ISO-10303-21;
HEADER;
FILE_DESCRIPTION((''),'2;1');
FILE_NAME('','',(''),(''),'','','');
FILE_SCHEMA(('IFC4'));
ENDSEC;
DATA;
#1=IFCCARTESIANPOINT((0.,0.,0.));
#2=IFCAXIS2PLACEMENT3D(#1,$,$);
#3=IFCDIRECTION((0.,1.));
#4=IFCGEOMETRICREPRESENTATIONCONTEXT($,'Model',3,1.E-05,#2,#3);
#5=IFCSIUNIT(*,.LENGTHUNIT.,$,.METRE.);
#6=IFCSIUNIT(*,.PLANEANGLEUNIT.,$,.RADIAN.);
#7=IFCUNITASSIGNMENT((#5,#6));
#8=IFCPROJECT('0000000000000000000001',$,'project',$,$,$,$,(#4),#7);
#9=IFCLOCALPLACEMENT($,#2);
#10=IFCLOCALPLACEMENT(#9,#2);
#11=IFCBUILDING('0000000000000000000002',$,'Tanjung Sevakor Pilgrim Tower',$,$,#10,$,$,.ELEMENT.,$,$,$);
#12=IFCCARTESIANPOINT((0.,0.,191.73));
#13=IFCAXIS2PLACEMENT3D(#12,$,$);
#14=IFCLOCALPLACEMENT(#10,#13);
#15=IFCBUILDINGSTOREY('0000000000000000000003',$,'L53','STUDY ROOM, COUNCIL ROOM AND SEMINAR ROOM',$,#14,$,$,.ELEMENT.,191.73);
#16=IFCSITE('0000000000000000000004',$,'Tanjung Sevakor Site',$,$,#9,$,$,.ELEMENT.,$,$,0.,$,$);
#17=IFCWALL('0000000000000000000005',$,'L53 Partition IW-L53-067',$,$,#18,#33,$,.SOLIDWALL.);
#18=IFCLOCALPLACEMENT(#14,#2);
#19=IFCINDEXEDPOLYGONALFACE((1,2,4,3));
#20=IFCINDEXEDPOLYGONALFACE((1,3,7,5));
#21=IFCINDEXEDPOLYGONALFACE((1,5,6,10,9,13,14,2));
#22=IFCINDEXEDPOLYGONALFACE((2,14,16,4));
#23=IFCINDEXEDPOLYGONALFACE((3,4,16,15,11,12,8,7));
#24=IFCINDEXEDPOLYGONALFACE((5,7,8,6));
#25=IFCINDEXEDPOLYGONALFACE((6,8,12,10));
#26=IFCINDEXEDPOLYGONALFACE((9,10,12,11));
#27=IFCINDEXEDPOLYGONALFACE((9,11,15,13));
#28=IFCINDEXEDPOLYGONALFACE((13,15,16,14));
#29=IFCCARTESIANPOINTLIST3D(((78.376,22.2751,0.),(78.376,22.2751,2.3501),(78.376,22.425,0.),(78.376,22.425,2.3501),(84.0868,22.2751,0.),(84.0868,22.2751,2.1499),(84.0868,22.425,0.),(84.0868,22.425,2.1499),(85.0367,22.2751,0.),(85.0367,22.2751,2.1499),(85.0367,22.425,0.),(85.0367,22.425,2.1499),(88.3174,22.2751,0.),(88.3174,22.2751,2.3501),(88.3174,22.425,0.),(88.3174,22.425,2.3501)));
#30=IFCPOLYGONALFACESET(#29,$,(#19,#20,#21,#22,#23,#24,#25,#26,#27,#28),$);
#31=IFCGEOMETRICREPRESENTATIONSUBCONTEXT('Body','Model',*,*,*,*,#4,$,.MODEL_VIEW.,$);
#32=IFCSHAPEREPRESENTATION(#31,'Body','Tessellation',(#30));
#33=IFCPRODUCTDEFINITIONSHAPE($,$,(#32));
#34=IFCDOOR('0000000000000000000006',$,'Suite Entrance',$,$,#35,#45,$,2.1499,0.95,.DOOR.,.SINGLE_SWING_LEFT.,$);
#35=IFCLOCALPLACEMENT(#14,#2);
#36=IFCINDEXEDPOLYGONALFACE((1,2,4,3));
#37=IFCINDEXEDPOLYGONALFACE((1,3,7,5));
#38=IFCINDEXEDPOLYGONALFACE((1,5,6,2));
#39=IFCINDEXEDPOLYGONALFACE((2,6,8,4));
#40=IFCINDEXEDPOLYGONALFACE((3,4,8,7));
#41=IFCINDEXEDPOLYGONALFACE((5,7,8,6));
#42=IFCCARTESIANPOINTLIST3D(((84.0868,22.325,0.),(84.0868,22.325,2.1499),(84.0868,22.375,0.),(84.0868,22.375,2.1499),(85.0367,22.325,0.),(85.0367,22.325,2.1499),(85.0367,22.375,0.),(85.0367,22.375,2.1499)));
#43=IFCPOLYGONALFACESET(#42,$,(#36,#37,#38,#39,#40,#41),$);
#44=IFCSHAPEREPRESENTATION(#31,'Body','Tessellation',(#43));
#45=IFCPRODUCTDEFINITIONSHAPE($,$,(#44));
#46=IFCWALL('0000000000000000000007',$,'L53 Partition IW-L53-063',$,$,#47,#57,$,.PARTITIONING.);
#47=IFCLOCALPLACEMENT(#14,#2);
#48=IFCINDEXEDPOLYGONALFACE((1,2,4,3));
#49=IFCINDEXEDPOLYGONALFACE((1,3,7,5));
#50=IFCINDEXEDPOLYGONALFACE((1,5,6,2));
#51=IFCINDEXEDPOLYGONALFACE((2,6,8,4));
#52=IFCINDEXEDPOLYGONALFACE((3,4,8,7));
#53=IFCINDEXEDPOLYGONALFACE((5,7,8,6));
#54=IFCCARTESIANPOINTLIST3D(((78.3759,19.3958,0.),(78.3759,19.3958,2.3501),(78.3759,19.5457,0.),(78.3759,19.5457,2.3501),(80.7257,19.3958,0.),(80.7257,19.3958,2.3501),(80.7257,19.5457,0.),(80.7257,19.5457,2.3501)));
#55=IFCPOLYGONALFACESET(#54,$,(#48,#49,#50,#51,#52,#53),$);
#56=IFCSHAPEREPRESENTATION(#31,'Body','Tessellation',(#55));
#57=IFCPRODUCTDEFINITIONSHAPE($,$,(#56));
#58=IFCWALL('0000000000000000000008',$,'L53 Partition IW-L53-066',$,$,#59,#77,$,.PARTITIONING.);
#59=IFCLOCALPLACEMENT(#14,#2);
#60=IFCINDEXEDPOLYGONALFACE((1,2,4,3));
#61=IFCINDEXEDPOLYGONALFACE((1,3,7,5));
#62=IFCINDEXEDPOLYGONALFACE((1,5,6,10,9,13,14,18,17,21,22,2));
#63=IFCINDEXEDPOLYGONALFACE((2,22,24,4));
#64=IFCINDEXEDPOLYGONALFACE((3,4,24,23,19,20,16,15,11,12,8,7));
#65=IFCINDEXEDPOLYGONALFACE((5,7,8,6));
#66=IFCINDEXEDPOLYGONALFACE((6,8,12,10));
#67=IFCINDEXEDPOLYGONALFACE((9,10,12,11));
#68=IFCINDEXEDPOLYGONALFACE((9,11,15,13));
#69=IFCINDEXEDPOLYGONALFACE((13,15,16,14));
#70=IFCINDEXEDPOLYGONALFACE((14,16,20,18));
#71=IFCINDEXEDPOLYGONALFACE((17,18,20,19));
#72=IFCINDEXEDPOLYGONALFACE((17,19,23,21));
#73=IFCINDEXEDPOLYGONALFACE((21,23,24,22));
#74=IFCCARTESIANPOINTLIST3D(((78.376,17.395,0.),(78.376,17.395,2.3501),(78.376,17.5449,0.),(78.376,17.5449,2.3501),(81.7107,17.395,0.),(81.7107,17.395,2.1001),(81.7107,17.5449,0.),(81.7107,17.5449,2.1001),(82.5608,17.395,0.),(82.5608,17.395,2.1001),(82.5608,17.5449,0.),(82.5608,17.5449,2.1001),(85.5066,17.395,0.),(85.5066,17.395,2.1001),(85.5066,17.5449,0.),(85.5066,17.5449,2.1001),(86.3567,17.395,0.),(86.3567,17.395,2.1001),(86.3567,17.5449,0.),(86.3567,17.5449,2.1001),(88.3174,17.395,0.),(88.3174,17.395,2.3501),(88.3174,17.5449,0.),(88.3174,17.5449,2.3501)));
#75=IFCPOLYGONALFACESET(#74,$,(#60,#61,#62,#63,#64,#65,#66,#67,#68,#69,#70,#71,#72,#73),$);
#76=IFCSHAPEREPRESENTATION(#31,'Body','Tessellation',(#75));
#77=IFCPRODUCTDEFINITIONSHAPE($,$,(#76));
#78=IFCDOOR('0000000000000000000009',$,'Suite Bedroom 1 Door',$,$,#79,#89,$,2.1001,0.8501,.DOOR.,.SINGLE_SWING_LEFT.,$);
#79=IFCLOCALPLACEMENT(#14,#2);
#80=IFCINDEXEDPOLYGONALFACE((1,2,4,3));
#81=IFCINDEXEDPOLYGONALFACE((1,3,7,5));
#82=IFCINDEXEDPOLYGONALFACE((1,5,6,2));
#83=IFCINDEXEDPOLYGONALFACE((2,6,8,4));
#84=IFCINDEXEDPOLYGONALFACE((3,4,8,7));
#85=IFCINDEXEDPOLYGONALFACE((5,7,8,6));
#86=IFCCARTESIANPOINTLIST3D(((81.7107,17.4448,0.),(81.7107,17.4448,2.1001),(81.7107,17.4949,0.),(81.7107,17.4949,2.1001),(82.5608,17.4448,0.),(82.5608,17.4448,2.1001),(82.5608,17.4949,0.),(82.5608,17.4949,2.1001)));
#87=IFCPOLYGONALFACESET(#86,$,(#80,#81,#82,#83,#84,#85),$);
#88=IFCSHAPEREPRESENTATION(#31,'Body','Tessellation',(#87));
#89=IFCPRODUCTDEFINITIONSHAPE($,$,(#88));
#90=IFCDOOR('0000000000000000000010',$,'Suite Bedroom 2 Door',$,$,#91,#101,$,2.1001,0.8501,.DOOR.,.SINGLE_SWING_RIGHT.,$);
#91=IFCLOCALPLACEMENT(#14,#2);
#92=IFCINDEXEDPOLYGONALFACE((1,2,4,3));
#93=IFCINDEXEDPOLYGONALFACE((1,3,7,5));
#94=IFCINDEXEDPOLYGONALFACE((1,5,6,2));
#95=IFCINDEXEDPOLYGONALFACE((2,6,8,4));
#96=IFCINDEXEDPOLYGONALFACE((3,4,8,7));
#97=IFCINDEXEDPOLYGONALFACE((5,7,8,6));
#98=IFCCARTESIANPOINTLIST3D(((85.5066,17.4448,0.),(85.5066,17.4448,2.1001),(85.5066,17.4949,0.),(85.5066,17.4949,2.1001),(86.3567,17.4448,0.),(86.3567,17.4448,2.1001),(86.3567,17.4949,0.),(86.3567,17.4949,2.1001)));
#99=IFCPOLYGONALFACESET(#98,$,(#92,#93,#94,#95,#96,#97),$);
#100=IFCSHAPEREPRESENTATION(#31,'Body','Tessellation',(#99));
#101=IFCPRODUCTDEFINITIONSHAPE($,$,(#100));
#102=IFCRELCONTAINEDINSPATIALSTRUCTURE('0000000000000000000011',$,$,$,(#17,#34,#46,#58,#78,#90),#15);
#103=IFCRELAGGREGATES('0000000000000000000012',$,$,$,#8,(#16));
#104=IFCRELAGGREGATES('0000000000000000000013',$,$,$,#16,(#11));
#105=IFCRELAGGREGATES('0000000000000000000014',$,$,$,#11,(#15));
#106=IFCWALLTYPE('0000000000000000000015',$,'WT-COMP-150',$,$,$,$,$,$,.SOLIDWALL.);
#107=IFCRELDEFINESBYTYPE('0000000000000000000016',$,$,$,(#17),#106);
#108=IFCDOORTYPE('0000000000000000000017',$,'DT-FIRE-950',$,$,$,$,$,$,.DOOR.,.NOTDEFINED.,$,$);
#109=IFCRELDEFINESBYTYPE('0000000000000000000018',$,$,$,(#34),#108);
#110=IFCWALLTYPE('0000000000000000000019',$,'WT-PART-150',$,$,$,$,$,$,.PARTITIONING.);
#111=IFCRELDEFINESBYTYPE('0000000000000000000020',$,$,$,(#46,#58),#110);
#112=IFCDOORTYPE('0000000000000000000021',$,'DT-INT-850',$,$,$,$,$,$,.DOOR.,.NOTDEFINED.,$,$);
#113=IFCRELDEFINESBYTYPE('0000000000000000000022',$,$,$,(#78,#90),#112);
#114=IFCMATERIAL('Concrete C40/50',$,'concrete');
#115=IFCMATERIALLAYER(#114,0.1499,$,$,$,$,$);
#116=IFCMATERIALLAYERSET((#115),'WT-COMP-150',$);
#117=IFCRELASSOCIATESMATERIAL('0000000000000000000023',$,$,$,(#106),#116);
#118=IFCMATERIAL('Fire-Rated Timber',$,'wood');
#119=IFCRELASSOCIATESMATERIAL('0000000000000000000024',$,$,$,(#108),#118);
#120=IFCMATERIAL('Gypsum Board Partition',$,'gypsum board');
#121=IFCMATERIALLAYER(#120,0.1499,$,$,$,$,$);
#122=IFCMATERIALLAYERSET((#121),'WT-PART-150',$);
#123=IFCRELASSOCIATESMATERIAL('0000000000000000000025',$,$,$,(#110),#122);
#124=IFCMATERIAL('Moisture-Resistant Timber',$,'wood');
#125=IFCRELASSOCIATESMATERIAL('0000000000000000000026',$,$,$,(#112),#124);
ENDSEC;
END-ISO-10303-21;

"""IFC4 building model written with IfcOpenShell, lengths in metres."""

from ifc_helpers import new_model, si_unit, direction, frame, frame_2d, origin, place, context, subcontext, project, spatial, rectangle, extrude, material, layer, layer_set, type_object, element, fill, save


model = new_model("IFC4")

# Units and contexts
model_context = context("Model", 3, precision=1e-05, world=origin(), true_north=direction((0.0, 1.0)))
body_context = subcontext(model_context, "Body", "Model", "MODEL_VIEW")
ifc_project = project(units=[si_unit("LENGTHUNIT", "METRE"), si_unit("PLANEANGLEUNIT", "RADIAN")], contexts=[model_context])

# Site, building, storey
site_placement = place(None, origin())
site = spatial("IfcSite", under=ifc_project, at=site_placement, Name="Tanjung Sevakor Site", CompositionType="ELEMENT", RefElevation=0.0)
building_placement = place(site_placement, origin())
building = spatial("IfcBuilding", under=site, at=building_placement, Name="Tanjung Sevakor Pilgrim Tower", CompositionType="ELEMENT")
storey_placement = place(building_placement, frame((0.0, 0.0, 191.73)))
storey = spatial("IfcBuildingStorey", under=building, at=storey_placement, Name="L53", Description="STUDY ROOM, COUNCIL ROOM AND SEMINAR ROOM", CompositionType="ELEMENT", Elevation=191.73)

# Shared definitions
ifc_material_1 = material(Name="Concrete C40/50", Category="concrete")
ifc_layer_1 = layer(ifc_material_1, 0.1499)
ifc_layer_set_1 = layer_set([ifc_layer_1], Name="WT-COMP-150")
wall_type_1 = type_object("IfcWallType", Name="WT-COMP-150", PredefinedType="SOLIDWALL", material=ifc_layer_set_1)

# Wall, opening, door
wall_1_placement = place(storey_placement, frame((78.376, 22.3501, 0.0), z_axis=(0.0, 0.0, 1.0), x_axis=(1.0, 0.0, 0.0)))
wall_1 = element("IfcWall", 1, at=wall_1_placement, inside=storey, type_object=wall_type_1, Name="L53 Partition IW-L53-067", PredefinedType="SOLIDWALL", context=body_context, shape_type="SweptSolid", body=[
    extrude(rectangle(XDim=9.9414, YDim=0.1499, at=frame_2d((4.9707, 0.0))), origin(), (0.0, 0.0, 1.0), 2.3501),
])
opening_1_placement = place(wall_1_placement, frame((5.7107, 0.0, 0.0)))
opening_1 = element("IfcOpeningElement", 2, at=opening_1_placement, cuts=wall_1, PredefinedType="OPENING", context=body_context, shape_type="SweptSolid", body=[
    extrude(rectangle(XDim=0.95, YDim=2.1499, at=frame_2d((0.4751, 1.075))), frame((0.0, 0.085, 0.0), z_axis=(0.0, -1.0, 0.0), x_axis=(1.0, 0.0, 0.0)), (0.0, 0.0, 1.0), 0.1699),
])
ifc_material_2 = material(Name="Fire-Rated Timber", Category="wood")
door_type_1 = type_object("IfcDoorType", Name="DT-FIRE-950", OperationType="NOTDEFINED", PredefinedType="DOOR", material=ifc_material_2)
door_1_placement = place(opening_1_placement, origin())
door_1 = element("IfcDoor", 3, at=door_1_placement, inside=storey, type_object=door_type_1, Name="Suite Entrance", OperationType="SINGLE_SWING_LEFT", OverallHeight=2.1499, OverallWidth=0.95, PredefinedType="DOOR", context=body_context, shape_type="SweptSolid", body=[
    extrude(rectangle(XDim=0.95, YDim=2.1499, at=frame_2d((0.4751, 1.075))), frame((0.0, 0.0249, 0.0), z_axis=(0.0, -1.0, 0.0), x_axis=(1.0, 0.0, 0.0)), (0.0, 0.0, 1.0), 0.05),
])
fill(opening_1, door_1)

# Wall
ifc_material_3 = material(Name="Gypsum Board Partition", Category="gypsum board")
ifc_layer_2 = layer(ifc_material_3, 0.1499)
ifc_layer_set_2 = layer_set([ifc_layer_2], Name="WT-PART-150")
wall_type_2 = type_object("IfcWallType", Name="WT-PART-150", PredefinedType="PARTITIONING", material=ifc_layer_set_2)
wall_2_placement = place(storey_placement, frame((78.376, 19.4707, 0.0), z_axis=(0.0, 0.0, 1.0), x_axis=(1.0, 0.0, 0.0)))
element("IfcWall", 4, at=wall_2_placement, inside=storey, type_object=wall_type_2, Name="L53 Partition IW-L53-063", PredefinedType="PARTITIONING", context=body_context, shape_type="SweptSolid", body=[
    extrude(rectangle(XDim=2.3499, YDim=0.1499, at=frame_2d((1.1748, 0.0))), origin(), (0.0, 0.0, 1.0), 2.3501),
])

# Wall, openings, doors
wall_3_placement = place(storey_placement, frame((78.376, 17.47, 0.0), z_axis=(0.0, 0.0, 1.0), x_axis=(1.0, 0.0, 0.0)))
wall_3 = element("IfcWall", 5, at=wall_3_placement, inside=storey, type_object=wall_type_2, Name="L53 Partition IW-L53-066", PredefinedType="PARTITIONING", context=body_context, shape_type="SweptSolid", body=[
    extrude(rectangle(XDim=9.9414, YDim=0.1499, at=frame_2d((4.9707, 0.0))), origin(), (0.0, 0.0, 1.0), 2.3501),
])
opening_2_placement = place(wall_3_placement, frame((3.3347, 0.0, 0.0)))
opening_2 = element("IfcOpeningElement", 6, at=opening_2_placement, cuts=wall_3, PredefinedType="OPENING", context=body_context, shape_type="SweptSolid", body=[
    extrude(rectangle(XDim=0.8501, YDim=2.1001, at=frame_2d((0.425, 1.05))), frame((0.0, 0.085, 0.0), z_axis=(0.0, -1.0, 0.0), x_axis=(1.0, 0.0, 0.0)), (0.0, 0.0, 1.0), 0.1699),
])
opening_3_placement = place(wall_3_placement, frame((7.1306, 0.0, 0.0)))
opening_3 = element("IfcOpeningElement", 7, at=opening_3_placement, cuts=wall_3, PredefinedType="OPENING", context=body_context, shape_type="SweptSolid", body=[
    extrude(rectangle(XDim=0.8501, YDim=2.1001, at=frame_2d((0.425, 1.05))), frame((0.0, 0.085, 0.0), z_axis=(0.0, -1.0, 0.0), x_axis=(1.0, 0.0, 0.0)), (0.0, 0.0, 1.0), 0.1699),
])
ifc_material_4 = material(Name="Moisture-Resistant Timber", Category="wood")
door_type_2 = type_object("IfcDoorType", Name="DT-INT-850", OperationType="NOTDEFINED", PredefinedType="DOOR", material=ifc_material_4)
door_2_placement = place(opening_2_placement, origin())
door_2 = element("IfcDoor", 8, at=door_2_placement, inside=storey, type_object=door_type_2, Name="Suite Bedroom 1 Door", OperationType="SINGLE_SWING_LEFT", OverallHeight=2.1001, OverallWidth=0.8501, PredefinedType="DOOR", context=body_context, shape_type="SweptSolid", body=[
    extrude(rectangle(XDim=0.8501, YDim=2.1001, at=frame_2d((0.425, 1.05))), frame((0.0, 0.0249, 0.0), z_axis=(0.0, -1.0, 0.0), x_axis=(1.0, 0.0, 0.0)), (0.0, 0.0, 1.0), 0.05),
])
fill(opening_2, door_2)
door_3_placement = place(opening_3_placement, origin())
door_3 = element("IfcDoor", 9, at=door_3_placement, inside=storey, type_object=door_type_2, Name="Suite Bedroom 2 Door", OperationType="SINGLE_SWING_RIGHT", OverallHeight=2.1001, OverallWidth=0.8501, PredefinedType="DOOR", context=body_context, shape_type="SweptSolid", body=[
    extrude(rectangle(XDim=0.8501, YDim=2.1001, at=frame_2d((0.425, 1.05))), frame((0.0, 0.0249, 0.0), z_axis=(0.0, -1.0, 0.0), x_axis=(1.0, 0.0, 0.0)), (0.0, 0.0, 1.0), 0.05),
])
fill(opening_3, door_3)

save(model, "model.ifc")
